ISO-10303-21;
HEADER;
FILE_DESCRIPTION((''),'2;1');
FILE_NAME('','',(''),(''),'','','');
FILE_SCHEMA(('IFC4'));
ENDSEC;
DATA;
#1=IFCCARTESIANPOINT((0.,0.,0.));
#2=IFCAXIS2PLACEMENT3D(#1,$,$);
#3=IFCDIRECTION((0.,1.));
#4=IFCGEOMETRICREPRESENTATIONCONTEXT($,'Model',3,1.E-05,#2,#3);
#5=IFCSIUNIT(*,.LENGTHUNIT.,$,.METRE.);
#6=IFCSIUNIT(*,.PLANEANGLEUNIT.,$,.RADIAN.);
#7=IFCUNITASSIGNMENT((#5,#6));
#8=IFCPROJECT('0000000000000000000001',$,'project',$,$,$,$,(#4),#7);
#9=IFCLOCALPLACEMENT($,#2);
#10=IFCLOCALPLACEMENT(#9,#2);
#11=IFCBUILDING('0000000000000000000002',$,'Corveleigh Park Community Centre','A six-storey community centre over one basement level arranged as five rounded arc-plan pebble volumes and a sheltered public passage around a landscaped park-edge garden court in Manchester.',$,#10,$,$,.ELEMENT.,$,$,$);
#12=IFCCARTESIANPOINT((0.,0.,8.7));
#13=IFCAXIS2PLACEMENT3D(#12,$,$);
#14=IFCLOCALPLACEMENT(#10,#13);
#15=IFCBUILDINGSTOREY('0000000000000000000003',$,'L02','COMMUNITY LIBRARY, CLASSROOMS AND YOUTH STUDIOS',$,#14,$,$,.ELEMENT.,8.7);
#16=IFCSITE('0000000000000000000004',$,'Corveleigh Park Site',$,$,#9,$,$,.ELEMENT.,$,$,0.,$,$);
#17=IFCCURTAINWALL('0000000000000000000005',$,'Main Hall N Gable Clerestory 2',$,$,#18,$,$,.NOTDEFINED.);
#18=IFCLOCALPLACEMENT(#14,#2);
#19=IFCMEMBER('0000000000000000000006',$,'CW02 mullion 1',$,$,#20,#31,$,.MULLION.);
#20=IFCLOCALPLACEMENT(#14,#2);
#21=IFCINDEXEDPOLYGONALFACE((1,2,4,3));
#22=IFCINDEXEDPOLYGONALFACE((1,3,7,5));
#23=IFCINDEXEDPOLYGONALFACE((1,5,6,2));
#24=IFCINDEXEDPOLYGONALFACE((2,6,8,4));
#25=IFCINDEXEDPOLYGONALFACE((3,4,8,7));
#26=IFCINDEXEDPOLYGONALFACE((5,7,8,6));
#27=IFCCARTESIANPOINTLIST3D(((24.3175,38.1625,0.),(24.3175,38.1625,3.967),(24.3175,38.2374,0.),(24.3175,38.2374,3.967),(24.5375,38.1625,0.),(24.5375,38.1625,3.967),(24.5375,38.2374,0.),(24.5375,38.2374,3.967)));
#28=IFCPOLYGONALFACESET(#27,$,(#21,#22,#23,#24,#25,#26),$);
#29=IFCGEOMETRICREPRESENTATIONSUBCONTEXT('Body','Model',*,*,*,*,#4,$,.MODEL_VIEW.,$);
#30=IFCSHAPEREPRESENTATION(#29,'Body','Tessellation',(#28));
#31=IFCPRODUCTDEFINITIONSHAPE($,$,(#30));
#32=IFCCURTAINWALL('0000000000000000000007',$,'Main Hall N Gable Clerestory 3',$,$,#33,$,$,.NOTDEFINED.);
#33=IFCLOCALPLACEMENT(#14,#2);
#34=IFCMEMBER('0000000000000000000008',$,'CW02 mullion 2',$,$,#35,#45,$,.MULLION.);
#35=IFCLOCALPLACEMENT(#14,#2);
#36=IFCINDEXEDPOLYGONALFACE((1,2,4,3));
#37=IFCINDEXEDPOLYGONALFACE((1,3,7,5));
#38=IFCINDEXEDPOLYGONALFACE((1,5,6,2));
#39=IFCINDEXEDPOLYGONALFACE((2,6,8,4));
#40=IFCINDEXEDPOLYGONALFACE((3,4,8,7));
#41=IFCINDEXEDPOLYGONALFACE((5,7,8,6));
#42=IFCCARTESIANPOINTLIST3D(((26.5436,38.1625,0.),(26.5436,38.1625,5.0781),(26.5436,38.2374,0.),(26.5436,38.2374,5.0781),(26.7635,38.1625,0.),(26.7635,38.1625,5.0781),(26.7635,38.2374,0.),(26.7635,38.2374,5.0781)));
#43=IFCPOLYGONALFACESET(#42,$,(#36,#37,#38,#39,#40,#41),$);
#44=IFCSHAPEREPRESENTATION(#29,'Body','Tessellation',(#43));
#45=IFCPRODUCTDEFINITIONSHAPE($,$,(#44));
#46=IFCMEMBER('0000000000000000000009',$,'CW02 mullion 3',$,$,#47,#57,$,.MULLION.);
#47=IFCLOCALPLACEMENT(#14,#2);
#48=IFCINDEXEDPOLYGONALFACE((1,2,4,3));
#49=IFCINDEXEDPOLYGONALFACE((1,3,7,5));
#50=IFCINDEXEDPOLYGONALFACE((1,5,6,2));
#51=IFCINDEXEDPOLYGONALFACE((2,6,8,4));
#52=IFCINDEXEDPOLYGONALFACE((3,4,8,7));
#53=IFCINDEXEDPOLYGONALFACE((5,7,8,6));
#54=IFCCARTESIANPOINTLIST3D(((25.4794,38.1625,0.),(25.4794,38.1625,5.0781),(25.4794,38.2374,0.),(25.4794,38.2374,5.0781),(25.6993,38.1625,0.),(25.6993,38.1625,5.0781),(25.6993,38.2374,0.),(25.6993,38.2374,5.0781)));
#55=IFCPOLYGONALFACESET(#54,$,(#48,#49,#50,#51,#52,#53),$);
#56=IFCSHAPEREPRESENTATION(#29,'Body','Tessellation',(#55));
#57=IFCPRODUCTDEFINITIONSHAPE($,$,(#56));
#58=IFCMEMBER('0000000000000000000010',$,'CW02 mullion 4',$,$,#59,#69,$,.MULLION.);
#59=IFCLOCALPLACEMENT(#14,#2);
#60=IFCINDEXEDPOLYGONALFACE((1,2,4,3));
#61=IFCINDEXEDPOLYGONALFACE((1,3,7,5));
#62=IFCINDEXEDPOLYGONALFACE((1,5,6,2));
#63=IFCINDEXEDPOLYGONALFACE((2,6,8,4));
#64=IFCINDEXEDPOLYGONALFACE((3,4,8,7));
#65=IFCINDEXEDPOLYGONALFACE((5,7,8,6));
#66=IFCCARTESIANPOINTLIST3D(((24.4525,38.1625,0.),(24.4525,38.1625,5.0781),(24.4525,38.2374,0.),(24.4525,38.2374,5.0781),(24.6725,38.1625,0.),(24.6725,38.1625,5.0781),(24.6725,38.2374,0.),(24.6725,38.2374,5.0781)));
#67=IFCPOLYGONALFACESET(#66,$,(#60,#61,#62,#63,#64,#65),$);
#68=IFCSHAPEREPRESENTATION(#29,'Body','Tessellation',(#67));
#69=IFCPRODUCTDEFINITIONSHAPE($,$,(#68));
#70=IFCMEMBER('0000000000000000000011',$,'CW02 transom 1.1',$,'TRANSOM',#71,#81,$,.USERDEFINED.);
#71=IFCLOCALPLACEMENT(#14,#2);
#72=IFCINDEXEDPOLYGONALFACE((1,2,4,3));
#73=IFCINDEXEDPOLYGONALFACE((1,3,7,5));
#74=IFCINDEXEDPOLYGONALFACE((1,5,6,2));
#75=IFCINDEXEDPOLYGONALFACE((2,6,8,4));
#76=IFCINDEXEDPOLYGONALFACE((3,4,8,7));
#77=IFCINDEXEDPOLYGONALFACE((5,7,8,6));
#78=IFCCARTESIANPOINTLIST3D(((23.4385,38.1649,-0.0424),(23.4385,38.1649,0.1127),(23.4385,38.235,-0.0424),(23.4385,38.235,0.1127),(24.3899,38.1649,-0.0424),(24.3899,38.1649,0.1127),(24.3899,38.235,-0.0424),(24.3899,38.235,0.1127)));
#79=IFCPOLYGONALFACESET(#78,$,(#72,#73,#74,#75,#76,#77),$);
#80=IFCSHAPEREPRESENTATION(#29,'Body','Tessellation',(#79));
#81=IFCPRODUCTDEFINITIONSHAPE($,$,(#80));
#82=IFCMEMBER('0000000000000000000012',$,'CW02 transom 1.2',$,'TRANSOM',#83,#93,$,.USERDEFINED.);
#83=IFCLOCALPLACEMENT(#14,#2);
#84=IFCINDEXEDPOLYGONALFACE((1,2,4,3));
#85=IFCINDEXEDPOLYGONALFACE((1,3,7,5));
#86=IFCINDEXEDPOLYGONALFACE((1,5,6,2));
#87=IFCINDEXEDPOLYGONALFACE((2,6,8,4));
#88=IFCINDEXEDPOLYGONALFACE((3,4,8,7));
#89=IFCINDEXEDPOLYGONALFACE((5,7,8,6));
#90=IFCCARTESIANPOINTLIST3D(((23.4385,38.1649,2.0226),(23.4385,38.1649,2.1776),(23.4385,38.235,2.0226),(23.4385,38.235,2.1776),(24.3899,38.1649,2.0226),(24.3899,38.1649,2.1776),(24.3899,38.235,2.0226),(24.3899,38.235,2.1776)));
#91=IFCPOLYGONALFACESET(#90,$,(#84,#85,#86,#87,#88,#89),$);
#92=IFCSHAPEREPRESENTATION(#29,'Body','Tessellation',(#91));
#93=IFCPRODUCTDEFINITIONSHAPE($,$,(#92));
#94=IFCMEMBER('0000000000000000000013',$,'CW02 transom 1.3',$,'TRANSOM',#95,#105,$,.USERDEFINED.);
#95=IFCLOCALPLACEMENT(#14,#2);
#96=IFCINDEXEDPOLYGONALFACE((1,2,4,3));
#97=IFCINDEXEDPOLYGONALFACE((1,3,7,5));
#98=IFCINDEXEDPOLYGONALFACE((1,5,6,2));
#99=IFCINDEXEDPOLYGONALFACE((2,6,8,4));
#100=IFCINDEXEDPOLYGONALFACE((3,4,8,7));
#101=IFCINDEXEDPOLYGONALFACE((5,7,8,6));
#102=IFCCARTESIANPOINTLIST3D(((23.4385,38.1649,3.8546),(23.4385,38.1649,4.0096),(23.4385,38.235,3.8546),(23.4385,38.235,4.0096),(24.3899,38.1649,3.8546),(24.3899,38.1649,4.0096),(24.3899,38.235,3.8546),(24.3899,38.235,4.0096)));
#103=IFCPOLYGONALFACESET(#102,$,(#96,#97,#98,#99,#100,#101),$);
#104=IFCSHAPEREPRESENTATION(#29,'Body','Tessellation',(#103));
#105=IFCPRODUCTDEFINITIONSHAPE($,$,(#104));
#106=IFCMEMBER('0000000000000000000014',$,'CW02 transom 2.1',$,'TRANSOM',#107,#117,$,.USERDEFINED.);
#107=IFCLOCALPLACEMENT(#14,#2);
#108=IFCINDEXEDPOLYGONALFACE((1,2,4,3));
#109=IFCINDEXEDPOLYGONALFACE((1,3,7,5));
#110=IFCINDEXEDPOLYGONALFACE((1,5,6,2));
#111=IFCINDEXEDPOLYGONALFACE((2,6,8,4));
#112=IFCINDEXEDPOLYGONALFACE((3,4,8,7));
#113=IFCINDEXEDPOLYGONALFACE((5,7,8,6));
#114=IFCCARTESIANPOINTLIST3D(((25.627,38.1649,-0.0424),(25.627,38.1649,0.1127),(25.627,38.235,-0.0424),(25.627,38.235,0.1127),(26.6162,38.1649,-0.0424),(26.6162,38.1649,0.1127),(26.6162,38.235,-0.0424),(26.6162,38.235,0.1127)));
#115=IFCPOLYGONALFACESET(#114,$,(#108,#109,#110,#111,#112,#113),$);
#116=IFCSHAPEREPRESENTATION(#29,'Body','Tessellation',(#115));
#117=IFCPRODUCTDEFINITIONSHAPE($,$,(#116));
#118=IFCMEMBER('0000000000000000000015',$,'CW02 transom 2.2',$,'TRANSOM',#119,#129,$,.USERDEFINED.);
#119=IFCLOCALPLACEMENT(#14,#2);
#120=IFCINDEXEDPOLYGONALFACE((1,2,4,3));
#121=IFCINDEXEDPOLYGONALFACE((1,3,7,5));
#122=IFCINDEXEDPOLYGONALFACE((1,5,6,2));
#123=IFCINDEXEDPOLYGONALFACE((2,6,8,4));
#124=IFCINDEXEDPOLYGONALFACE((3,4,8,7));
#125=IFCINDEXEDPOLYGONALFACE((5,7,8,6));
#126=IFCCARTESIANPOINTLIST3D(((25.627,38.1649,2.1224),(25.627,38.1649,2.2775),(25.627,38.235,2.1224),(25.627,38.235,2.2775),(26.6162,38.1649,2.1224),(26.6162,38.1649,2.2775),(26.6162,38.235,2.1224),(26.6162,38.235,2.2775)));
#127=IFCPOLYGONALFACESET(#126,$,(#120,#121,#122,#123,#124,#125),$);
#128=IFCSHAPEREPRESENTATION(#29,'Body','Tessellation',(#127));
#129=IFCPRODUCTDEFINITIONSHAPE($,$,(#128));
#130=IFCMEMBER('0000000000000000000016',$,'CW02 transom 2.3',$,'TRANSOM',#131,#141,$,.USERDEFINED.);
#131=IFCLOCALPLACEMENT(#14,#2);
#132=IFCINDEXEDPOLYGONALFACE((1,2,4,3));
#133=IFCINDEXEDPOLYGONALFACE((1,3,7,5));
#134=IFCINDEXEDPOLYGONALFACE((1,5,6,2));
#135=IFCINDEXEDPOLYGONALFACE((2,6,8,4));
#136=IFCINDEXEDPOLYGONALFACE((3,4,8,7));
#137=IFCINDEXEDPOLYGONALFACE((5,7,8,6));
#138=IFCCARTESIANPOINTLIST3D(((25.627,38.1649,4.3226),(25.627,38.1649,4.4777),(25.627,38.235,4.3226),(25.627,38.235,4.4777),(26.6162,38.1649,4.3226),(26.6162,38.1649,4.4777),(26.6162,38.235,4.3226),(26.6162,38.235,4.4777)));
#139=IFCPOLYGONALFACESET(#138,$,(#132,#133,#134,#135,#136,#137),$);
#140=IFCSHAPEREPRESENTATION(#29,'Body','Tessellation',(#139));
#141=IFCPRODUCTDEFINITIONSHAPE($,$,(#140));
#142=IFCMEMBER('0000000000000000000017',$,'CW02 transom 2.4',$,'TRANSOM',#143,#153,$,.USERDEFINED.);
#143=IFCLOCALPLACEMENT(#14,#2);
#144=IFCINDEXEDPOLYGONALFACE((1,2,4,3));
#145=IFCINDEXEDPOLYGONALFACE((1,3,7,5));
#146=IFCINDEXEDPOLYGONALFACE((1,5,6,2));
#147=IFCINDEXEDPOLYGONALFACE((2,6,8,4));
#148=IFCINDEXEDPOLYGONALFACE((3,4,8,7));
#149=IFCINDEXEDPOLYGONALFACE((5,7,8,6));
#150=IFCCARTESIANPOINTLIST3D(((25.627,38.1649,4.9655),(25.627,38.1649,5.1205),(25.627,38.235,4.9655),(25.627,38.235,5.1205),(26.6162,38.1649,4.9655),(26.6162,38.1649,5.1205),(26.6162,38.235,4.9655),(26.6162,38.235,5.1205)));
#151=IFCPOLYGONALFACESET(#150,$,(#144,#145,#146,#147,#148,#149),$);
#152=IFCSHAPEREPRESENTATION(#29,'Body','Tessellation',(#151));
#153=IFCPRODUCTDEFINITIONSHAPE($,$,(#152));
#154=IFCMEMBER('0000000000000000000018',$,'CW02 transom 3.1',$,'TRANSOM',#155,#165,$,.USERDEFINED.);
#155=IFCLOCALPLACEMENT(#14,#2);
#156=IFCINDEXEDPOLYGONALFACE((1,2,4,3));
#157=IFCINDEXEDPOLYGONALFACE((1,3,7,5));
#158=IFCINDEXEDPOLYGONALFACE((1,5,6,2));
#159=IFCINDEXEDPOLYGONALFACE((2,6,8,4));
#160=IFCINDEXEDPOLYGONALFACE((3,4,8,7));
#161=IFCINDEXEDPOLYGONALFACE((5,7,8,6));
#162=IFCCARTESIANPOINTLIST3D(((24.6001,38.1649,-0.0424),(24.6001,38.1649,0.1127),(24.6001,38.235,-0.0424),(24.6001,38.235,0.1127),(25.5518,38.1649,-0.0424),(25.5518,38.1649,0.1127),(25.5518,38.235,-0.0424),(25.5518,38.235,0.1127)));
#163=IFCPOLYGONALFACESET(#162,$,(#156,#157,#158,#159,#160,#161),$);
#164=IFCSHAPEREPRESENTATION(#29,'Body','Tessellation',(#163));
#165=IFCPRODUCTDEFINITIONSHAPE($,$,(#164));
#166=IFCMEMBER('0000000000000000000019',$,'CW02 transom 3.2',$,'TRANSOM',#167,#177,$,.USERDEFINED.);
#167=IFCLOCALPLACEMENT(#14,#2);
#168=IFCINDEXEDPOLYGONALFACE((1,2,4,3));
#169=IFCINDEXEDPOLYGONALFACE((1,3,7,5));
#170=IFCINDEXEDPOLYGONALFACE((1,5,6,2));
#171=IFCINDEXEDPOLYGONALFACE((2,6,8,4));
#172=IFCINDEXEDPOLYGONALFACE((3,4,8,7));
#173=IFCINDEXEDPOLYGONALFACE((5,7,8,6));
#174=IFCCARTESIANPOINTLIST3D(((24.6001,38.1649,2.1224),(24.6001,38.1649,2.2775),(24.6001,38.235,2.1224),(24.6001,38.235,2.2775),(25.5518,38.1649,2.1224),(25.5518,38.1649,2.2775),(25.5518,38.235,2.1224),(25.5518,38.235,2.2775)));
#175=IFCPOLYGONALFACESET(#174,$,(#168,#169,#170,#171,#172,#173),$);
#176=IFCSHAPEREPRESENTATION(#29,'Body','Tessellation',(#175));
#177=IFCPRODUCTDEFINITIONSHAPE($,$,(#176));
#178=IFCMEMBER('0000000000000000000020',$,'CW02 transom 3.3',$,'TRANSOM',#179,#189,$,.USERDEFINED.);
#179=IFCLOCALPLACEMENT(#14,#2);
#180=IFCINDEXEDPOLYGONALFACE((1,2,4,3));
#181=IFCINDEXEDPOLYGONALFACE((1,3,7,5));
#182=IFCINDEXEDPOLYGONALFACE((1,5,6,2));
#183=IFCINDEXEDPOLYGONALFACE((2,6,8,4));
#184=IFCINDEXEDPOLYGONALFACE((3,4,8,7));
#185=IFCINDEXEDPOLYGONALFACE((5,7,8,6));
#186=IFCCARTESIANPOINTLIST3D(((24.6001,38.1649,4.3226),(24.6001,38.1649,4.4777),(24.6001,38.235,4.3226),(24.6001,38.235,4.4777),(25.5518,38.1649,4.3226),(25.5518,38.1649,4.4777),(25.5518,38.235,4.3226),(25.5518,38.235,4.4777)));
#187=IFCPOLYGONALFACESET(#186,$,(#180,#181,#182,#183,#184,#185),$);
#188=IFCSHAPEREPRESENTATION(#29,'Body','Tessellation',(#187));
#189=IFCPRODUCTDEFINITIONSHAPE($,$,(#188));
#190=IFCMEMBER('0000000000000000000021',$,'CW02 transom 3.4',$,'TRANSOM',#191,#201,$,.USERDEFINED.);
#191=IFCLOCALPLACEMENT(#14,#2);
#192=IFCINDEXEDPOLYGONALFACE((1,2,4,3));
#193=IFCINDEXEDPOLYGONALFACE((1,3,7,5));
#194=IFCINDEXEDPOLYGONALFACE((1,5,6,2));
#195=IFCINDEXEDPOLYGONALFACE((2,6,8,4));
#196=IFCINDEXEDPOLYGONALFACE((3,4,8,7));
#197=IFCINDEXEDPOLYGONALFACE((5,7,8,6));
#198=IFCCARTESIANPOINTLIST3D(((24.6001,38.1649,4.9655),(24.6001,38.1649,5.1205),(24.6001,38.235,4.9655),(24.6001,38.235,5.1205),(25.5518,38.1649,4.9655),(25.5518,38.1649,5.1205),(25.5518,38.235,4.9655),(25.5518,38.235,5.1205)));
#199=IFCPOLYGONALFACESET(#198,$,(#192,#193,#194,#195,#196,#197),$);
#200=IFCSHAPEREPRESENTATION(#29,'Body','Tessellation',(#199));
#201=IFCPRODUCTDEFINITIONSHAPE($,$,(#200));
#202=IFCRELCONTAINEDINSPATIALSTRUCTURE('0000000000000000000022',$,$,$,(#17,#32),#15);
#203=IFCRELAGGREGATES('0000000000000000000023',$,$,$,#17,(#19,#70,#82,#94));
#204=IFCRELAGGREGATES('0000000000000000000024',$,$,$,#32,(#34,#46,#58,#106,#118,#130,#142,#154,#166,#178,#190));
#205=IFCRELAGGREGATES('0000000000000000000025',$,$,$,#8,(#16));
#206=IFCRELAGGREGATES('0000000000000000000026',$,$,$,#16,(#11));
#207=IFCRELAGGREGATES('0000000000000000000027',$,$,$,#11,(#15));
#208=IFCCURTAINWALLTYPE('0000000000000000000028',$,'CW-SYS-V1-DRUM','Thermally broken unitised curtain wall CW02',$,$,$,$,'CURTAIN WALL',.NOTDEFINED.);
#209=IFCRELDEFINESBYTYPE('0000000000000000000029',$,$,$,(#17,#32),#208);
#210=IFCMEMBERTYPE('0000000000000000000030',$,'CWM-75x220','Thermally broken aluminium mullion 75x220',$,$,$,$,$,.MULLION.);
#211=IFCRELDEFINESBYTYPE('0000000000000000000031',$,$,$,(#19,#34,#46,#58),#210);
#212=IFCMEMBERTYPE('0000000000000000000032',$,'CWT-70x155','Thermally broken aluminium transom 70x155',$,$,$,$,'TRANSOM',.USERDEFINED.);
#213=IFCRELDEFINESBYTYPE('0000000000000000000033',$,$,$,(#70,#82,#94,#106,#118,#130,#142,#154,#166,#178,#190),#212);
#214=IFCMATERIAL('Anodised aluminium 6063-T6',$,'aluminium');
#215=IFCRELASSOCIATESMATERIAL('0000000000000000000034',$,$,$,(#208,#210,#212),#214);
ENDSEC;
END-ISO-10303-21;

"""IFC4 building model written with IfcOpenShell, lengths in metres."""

from ifc_helpers import new_model, si_unit, direction, frame, origin, origin_2d, place, context, subcontext, project, spatial, rectangle, extrude, material, material_profile, profile_set, type_object, element, aggregate, save


model = new_model("IFC4")

# Units and contexts
model_context = context("Model", 3, precision=1e-05, world=origin(), true_north=direction((0.0, 1.0)))
body_context = subcontext(model_context, "Body", "Model", "MODEL_VIEW")
ifc_project = project(units=[si_unit("LENGTHUNIT", "METRE"), si_unit("PLANEANGLEUNIT", "RADIAN")], contexts=[model_context])

# Site, building, storey
site_placement = place(None, origin())
site = spatial("IfcSite", under=ifc_project, at=site_placement, Name="Corveleigh Park Site", CompositionType="ELEMENT", RefElevation=0.0)
building_placement = place(site_placement, origin())
building = spatial("IfcBuilding", under=site, at=building_placement, Name="Corveleigh Park Community Centre", Description="A six-storey community centre over one basement level arranged as five rounded arc-plan pebble volumes and a sheltered public passage around a landscaped park-edge garden court in Manchester.", CompositionType="ELEMENT")
storey_placement = place(building_placement, frame((0.0, 0.0, 8.7)))
storey = spatial("IfcBuildingStorey", under=building, at=storey_placement, Name="L02", Description="COMMUNITY LIBRARY, CLASSROOMS AND YOUTH STUDIOS", CompositionType="ELEMENT", Elevation=8.7)

# Curtain wall, member
ifc_material_1 = material(Name="Anodised aluminium 6063-T6", Category="aluminium")
curtain_wall_type = type_object("IfcCurtainWallType", Name="CW-SYS-V1-DRUM", Description="Thermally broken unitised curtain wall CW02", ElementType="CURTAIN WALL", PredefinedType="NOTDEFINED", material=ifc_material_1)
curtain_wall_1_placement = place(storey_placement, origin())
curtain_wall_1 = element("IfcCurtainWall", 1, at=curtain_wall_1_placement, inside=storey, type_object=curtain_wall_type, Name="Main Hall N Gable Clerestory 2", PredefinedType="NOTDEFINED")
ifc_material_profile_1 = material_profile(ifc_material_1, rectangle(XDim=0.075, YDim=0.22, at=origin_2d()), Name="ALU-M75x220", Category="aluminium")
ifc_profile_set_1 = profile_set([ifc_material_profile_1], Name="Anodised aluminium 6063-T6")
member_type_1 = type_object("IfcMemberType", Name="CWM-75x220", Description="Thermally broken aluminium mullion 75x220", PredefinedType="MULLION", material=ifc_profile_set_1)
member_1_placement = place(storey_placement, frame((24.4275, 38.2, 0.0), z_axis=(0.0, 0.0, 1.0), x_axis=(0.0, -1.0, 0.0)))
member_1 = element("IfcMember", 2, at=member_1_placement, type_object=member_type_1, Name="CW02 mullion 1", PredefinedType="MULLION", context=body_context, shape_type="SweptSolid", body=[
    extrude(rectangle(XDim=0.075, YDim=0.22, at=origin_2d()), origin(), (0.0, 0.0, 1.0), 3.967),
])

# Curtain wall, members
curtain_wall_2_placement = place(storey_placement, origin())
curtain_wall_2 = element("IfcCurtainWall", 3, at=curtain_wall_2_placement, inside=storey, type_object=curtain_wall_type, Name="Main Hall N Gable Clerestory 3", PredefinedType="NOTDEFINED")
member_2_placement = place(storey_placement, frame((26.6536, 38.2, 0.0), z_axis=(0.0, 0.0, 1.0), x_axis=(0.0, -1.0, 0.0)))
member_2 = element("IfcMember", 4, at=member_2_placement, type_object=member_type_1, Name="CW02 mullion 2", PredefinedType="MULLION", context=body_context, shape_type="SweptSolid", body=[
    extrude(rectangle(XDim=0.075, YDim=0.22, at=origin_2d()), origin(), (0.0, 0.0, 1.0), 5.0781),
])
member_3_placement = place(storey_placement, frame((25.5894, 38.2, 0.0), z_axis=(0.0, 0.0, 1.0), x_axis=(0.0, -1.0, 0.0)))
member_3 = element("IfcMember", 5, at=member_3_placement, type_object=member_type_1, Name="CW02 mullion 3", PredefinedType="MULLION", context=body_context, shape_type="SweptSolid", body=[
    extrude(rectangle(XDim=0.075, YDim=0.22, at=origin_2d()), origin(), (0.0, 0.0, 1.0), 5.0781),
])
member_4_placement = place(storey_placement, frame((24.5625, 38.2, 0.0), z_axis=(0.0, 0.0, 1.0), x_axis=(0.0, -1.0, 0.0)))
member_4 = element("IfcMember", 6, at=member_4_placement, type_object=member_type_1, Name="CW02 mullion 4", PredefinedType="MULLION", context=body_context, shape_type="SweptSolid", body=[
    extrude(rectangle(XDim=0.075, YDim=0.22, at=origin_2d()), origin(), (0.0, 0.0, 1.0), 5.0781),
])

# Members
ifc_material_profile_2 = material_profile(ifc_material_1, rectangle(XDim=0.0701, YDim=0.155, at=origin_2d()), Name="ALU-T70x155", Category="aluminium")
ifc_profile_set_2 = profile_set([ifc_material_profile_2], Name="Anodised aluminium 6063-T6")
member_type_2 = type_object("IfcMemberType", Name="CWT-70x155", Description="Thermally broken aluminium transom 70x155", ElementType="TRANSOM", PredefinedType="USERDEFINED", material=ifc_profile_set_2)
member_5_placement = place(storey_placement, frame((24.3899, 38.2, 0.0352), z_axis=(-1.0, 0.0, 0.0), x_axis=(0.0, -1.0, 0.0)))
member_5 = element("IfcMember", 7, at=member_5_placement, type_object=member_type_2, Name="CW02 transom 1.1", ObjectType="TRANSOM", PredefinedType="USERDEFINED", context=body_context, shape_type="SweptSolid", body=[
    extrude(rectangle(XDim=0.0701, YDim=0.155, at=origin_2d()), origin(), (0.0, 0.0, 1.0), 0.9514),
])
member_6_placement = place(storey_placement, frame((24.3899, 38.2, 2.1001), z_axis=(-1.0, 0.0, 0.0), x_axis=(0.0, -1.0, 0.0)))
member_6 = element("IfcMember", 8, at=member_6_placement, type_object=member_type_2, Name="CW02 transom 1.2", ObjectType="TRANSOM", PredefinedType="USERDEFINED", context=body_context, shape_type="SweptSolid", body=[
    extrude(rectangle(XDim=0.0701, YDim=0.155, at=origin_2d()), origin(), (0.0, 0.0, 1.0), 0.9514),
])
member_7_placement = place(storey_placement, frame((24.3899, 38.2, 3.9321), z_axis=(-1.0, 0.0, 0.0), x_axis=(0.0, -1.0, 0.0)))
member_7 = element("IfcMember", 9, at=member_7_placement, type_object=member_type_2, Name="CW02 transom 1.3", ObjectType="TRANSOM", PredefinedType="USERDEFINED", context=body_context, shape_type="SweptSolid", body=[
    extrude(rectangle(XDim=0.0701, YDim=0.155, at=origin_2d()), origin(), (0.0, 0.0, 1.0), 0.9514),
])
member_8_placement = place(storey_placement, frame((26.6162, 38.2, 0.0352), z_axis=(-1.0, 0.0, 0.0), x_axis=(0.0, -1.0, 0.0)))
member_8 = element("IfcMember", 10, at=member_8_placement, type_object=member_type_2, Name="CW02 transom 2.1", ObjectType="TRANSOM", PredefinedType="USERDEFINED", context=body_context, shape_type="SweptSolid", body=[
    extrude(rectangle(XDim=0.0701, YDim=0.155, at=origin_2d()), origin(), (0.0, 0.0, 1.0), 0.9893),
])
member_9_placement = place(storey_placement, frame((26.6162, 38.2, 2.2), z_axis=(-1.0, 0.0, 0.0), x_axis=(0.0, -1.0, 0.0)))
member_9 = element("IfcMember", 11, at=member_9_placement, type_object=member_type_2, Name="CW02 transom 2.2", ObjectType="TRANSOM", PredefinedType="USERDEFINED", context=body_context, shape_type="SweptSolid", body=[
    extrude(rectangle(XDim=0.0701, YDim=0.155, at=origin_2d()), origin(), (0.0, 0.0, 1.0), 0.9893),
])
member_10_placement = place(storey_placement, frame((26.6162, 38.2, 4.4001), z_axis=(-1.0, 0.0, 0.0), x_axis=(0.0, -1.0, 0.0)))
member_10 = element("IfcMember", 12, at=member_10_placement, type_object=member_type_2, Name="CW02 transom 2.3", ObjectType="TRANSOM", PredefinedType="USERDEFINED", context=body_context, shape_type="SweptSolid", body=[
    extrude(rectangle(XDim=0.0701, YDim=0.155, at=origin_2d()), origin(), (0.0, 0.0, 1.0), 0.9893),
])
member_11_placement = place(storey_placement, frame((26.6162, 38.2, 5.043), z_axis=(-1.0, 0.0, 0.0), x_axis=(0.0, -1.0, 0.0)))
member_11 = element("IfcMember", 13, at=member_11_placement, type_object=member_type_2, Name="CW02 transom 2.4", ObjectType="TRANSOM", PredefinedType="USERDEFINED", context=body_context, shape_type="SweptSolid", body=[
    extrude(rectangle(XDim=0.0701, YDim=0.155, at=origin_2d()), origin(), (0.0, 0.0, 1.0), 0.9893),
])
member_12_placement = place(storey_placement, frame((25.5518, 38.2, 0.0352), z_axis=(-1.0, 0.0, 0.0), x_axis=(0.0, -1.0, 0.0)))
member_12 = element("IfcMember", 14, at=member_12_placement, type_object=member_type_2, Name="CW02 transom 3.1", ObjectType="TRANSOM", PredefinedType="USERDEFINED", context=body_context, shape_type="SweptSolid", body=[
    extrude(rectangle(XDim=0.0701, YDim=0.155, at=origin_2d()), origin(), (0.0, 0.0, 1.0), 0.9517),
])
member_13_placement = place(storey_placement, frame((25.5518, 38.2, 2.2), z_axis=(-1.0, 0.0, 0.0), x_axis=(0.0, -1.0, 0.0)))
member_13 = element("IfcMember", 15, at=member_13_placement, type_object=member_type_2, Name="CW02 transom 3.2", ObjectType="TRANSOM", PredefinedType="USERDEFINED", context=body_context, shape_type="SweptSolid", body=[
    extrude(rectangle(XDim=0.0701, YDim=0.155, at=origin_2d()), origin(), (0.0, 0.0, 1.0), 0.9517),
])
member_14_placement = place(storey_placement, frame((25.5518, 38.2, 4.4001), z_axis=(-1.0, 0.0, 0.0), x_axis=(0.0, -1.0, 0.0)))
member_14 = element("IfcMember", 16, at=member_14_placement, type_object=member_type_2, Name="CW02 transom 3.3", ObjectType="TRANSOM", PredefinedType="USERDEFINED", context=body_context, shape_type="SweptSolid", body=[
    extrude(rectangle(XDim=0.0701, YDim=0.155, at=origin_2d()), origin(), (0.0, 0.0, 1.0), 0.9517),
])
member_15_placement = place(storey_placement, frame((25.5518, 38.2, 5.043), z_axis=(-1.0, 0.0, 0.0), x_axis=(0.0, -1.0, 0.0)))
member_15 = element("IfcMember", 17, at=member_15_placement, type_object=member_type_2, Name="CW02 transom 3.4", ObjectType="TRANSOM", PredefinedType="USERDEFINED", context=body_context, shape_type="SweptSolid", body=[
    extrude(rectangle(XDim=0.0701, YDim=0.155, at=origin_2d()), origin(), (0.0, 0.0, 1.0), 0.9517),
])

aggregate(curtain_wall_1, [member_1, member_5, member_6, member_7])
aggregate(curtain_wall_2, [member_2, member_3, member_4, member_8, member_9, member_10, member_11, member_12, member_13, member_14, member_15])

save(model, "model.ifc")
